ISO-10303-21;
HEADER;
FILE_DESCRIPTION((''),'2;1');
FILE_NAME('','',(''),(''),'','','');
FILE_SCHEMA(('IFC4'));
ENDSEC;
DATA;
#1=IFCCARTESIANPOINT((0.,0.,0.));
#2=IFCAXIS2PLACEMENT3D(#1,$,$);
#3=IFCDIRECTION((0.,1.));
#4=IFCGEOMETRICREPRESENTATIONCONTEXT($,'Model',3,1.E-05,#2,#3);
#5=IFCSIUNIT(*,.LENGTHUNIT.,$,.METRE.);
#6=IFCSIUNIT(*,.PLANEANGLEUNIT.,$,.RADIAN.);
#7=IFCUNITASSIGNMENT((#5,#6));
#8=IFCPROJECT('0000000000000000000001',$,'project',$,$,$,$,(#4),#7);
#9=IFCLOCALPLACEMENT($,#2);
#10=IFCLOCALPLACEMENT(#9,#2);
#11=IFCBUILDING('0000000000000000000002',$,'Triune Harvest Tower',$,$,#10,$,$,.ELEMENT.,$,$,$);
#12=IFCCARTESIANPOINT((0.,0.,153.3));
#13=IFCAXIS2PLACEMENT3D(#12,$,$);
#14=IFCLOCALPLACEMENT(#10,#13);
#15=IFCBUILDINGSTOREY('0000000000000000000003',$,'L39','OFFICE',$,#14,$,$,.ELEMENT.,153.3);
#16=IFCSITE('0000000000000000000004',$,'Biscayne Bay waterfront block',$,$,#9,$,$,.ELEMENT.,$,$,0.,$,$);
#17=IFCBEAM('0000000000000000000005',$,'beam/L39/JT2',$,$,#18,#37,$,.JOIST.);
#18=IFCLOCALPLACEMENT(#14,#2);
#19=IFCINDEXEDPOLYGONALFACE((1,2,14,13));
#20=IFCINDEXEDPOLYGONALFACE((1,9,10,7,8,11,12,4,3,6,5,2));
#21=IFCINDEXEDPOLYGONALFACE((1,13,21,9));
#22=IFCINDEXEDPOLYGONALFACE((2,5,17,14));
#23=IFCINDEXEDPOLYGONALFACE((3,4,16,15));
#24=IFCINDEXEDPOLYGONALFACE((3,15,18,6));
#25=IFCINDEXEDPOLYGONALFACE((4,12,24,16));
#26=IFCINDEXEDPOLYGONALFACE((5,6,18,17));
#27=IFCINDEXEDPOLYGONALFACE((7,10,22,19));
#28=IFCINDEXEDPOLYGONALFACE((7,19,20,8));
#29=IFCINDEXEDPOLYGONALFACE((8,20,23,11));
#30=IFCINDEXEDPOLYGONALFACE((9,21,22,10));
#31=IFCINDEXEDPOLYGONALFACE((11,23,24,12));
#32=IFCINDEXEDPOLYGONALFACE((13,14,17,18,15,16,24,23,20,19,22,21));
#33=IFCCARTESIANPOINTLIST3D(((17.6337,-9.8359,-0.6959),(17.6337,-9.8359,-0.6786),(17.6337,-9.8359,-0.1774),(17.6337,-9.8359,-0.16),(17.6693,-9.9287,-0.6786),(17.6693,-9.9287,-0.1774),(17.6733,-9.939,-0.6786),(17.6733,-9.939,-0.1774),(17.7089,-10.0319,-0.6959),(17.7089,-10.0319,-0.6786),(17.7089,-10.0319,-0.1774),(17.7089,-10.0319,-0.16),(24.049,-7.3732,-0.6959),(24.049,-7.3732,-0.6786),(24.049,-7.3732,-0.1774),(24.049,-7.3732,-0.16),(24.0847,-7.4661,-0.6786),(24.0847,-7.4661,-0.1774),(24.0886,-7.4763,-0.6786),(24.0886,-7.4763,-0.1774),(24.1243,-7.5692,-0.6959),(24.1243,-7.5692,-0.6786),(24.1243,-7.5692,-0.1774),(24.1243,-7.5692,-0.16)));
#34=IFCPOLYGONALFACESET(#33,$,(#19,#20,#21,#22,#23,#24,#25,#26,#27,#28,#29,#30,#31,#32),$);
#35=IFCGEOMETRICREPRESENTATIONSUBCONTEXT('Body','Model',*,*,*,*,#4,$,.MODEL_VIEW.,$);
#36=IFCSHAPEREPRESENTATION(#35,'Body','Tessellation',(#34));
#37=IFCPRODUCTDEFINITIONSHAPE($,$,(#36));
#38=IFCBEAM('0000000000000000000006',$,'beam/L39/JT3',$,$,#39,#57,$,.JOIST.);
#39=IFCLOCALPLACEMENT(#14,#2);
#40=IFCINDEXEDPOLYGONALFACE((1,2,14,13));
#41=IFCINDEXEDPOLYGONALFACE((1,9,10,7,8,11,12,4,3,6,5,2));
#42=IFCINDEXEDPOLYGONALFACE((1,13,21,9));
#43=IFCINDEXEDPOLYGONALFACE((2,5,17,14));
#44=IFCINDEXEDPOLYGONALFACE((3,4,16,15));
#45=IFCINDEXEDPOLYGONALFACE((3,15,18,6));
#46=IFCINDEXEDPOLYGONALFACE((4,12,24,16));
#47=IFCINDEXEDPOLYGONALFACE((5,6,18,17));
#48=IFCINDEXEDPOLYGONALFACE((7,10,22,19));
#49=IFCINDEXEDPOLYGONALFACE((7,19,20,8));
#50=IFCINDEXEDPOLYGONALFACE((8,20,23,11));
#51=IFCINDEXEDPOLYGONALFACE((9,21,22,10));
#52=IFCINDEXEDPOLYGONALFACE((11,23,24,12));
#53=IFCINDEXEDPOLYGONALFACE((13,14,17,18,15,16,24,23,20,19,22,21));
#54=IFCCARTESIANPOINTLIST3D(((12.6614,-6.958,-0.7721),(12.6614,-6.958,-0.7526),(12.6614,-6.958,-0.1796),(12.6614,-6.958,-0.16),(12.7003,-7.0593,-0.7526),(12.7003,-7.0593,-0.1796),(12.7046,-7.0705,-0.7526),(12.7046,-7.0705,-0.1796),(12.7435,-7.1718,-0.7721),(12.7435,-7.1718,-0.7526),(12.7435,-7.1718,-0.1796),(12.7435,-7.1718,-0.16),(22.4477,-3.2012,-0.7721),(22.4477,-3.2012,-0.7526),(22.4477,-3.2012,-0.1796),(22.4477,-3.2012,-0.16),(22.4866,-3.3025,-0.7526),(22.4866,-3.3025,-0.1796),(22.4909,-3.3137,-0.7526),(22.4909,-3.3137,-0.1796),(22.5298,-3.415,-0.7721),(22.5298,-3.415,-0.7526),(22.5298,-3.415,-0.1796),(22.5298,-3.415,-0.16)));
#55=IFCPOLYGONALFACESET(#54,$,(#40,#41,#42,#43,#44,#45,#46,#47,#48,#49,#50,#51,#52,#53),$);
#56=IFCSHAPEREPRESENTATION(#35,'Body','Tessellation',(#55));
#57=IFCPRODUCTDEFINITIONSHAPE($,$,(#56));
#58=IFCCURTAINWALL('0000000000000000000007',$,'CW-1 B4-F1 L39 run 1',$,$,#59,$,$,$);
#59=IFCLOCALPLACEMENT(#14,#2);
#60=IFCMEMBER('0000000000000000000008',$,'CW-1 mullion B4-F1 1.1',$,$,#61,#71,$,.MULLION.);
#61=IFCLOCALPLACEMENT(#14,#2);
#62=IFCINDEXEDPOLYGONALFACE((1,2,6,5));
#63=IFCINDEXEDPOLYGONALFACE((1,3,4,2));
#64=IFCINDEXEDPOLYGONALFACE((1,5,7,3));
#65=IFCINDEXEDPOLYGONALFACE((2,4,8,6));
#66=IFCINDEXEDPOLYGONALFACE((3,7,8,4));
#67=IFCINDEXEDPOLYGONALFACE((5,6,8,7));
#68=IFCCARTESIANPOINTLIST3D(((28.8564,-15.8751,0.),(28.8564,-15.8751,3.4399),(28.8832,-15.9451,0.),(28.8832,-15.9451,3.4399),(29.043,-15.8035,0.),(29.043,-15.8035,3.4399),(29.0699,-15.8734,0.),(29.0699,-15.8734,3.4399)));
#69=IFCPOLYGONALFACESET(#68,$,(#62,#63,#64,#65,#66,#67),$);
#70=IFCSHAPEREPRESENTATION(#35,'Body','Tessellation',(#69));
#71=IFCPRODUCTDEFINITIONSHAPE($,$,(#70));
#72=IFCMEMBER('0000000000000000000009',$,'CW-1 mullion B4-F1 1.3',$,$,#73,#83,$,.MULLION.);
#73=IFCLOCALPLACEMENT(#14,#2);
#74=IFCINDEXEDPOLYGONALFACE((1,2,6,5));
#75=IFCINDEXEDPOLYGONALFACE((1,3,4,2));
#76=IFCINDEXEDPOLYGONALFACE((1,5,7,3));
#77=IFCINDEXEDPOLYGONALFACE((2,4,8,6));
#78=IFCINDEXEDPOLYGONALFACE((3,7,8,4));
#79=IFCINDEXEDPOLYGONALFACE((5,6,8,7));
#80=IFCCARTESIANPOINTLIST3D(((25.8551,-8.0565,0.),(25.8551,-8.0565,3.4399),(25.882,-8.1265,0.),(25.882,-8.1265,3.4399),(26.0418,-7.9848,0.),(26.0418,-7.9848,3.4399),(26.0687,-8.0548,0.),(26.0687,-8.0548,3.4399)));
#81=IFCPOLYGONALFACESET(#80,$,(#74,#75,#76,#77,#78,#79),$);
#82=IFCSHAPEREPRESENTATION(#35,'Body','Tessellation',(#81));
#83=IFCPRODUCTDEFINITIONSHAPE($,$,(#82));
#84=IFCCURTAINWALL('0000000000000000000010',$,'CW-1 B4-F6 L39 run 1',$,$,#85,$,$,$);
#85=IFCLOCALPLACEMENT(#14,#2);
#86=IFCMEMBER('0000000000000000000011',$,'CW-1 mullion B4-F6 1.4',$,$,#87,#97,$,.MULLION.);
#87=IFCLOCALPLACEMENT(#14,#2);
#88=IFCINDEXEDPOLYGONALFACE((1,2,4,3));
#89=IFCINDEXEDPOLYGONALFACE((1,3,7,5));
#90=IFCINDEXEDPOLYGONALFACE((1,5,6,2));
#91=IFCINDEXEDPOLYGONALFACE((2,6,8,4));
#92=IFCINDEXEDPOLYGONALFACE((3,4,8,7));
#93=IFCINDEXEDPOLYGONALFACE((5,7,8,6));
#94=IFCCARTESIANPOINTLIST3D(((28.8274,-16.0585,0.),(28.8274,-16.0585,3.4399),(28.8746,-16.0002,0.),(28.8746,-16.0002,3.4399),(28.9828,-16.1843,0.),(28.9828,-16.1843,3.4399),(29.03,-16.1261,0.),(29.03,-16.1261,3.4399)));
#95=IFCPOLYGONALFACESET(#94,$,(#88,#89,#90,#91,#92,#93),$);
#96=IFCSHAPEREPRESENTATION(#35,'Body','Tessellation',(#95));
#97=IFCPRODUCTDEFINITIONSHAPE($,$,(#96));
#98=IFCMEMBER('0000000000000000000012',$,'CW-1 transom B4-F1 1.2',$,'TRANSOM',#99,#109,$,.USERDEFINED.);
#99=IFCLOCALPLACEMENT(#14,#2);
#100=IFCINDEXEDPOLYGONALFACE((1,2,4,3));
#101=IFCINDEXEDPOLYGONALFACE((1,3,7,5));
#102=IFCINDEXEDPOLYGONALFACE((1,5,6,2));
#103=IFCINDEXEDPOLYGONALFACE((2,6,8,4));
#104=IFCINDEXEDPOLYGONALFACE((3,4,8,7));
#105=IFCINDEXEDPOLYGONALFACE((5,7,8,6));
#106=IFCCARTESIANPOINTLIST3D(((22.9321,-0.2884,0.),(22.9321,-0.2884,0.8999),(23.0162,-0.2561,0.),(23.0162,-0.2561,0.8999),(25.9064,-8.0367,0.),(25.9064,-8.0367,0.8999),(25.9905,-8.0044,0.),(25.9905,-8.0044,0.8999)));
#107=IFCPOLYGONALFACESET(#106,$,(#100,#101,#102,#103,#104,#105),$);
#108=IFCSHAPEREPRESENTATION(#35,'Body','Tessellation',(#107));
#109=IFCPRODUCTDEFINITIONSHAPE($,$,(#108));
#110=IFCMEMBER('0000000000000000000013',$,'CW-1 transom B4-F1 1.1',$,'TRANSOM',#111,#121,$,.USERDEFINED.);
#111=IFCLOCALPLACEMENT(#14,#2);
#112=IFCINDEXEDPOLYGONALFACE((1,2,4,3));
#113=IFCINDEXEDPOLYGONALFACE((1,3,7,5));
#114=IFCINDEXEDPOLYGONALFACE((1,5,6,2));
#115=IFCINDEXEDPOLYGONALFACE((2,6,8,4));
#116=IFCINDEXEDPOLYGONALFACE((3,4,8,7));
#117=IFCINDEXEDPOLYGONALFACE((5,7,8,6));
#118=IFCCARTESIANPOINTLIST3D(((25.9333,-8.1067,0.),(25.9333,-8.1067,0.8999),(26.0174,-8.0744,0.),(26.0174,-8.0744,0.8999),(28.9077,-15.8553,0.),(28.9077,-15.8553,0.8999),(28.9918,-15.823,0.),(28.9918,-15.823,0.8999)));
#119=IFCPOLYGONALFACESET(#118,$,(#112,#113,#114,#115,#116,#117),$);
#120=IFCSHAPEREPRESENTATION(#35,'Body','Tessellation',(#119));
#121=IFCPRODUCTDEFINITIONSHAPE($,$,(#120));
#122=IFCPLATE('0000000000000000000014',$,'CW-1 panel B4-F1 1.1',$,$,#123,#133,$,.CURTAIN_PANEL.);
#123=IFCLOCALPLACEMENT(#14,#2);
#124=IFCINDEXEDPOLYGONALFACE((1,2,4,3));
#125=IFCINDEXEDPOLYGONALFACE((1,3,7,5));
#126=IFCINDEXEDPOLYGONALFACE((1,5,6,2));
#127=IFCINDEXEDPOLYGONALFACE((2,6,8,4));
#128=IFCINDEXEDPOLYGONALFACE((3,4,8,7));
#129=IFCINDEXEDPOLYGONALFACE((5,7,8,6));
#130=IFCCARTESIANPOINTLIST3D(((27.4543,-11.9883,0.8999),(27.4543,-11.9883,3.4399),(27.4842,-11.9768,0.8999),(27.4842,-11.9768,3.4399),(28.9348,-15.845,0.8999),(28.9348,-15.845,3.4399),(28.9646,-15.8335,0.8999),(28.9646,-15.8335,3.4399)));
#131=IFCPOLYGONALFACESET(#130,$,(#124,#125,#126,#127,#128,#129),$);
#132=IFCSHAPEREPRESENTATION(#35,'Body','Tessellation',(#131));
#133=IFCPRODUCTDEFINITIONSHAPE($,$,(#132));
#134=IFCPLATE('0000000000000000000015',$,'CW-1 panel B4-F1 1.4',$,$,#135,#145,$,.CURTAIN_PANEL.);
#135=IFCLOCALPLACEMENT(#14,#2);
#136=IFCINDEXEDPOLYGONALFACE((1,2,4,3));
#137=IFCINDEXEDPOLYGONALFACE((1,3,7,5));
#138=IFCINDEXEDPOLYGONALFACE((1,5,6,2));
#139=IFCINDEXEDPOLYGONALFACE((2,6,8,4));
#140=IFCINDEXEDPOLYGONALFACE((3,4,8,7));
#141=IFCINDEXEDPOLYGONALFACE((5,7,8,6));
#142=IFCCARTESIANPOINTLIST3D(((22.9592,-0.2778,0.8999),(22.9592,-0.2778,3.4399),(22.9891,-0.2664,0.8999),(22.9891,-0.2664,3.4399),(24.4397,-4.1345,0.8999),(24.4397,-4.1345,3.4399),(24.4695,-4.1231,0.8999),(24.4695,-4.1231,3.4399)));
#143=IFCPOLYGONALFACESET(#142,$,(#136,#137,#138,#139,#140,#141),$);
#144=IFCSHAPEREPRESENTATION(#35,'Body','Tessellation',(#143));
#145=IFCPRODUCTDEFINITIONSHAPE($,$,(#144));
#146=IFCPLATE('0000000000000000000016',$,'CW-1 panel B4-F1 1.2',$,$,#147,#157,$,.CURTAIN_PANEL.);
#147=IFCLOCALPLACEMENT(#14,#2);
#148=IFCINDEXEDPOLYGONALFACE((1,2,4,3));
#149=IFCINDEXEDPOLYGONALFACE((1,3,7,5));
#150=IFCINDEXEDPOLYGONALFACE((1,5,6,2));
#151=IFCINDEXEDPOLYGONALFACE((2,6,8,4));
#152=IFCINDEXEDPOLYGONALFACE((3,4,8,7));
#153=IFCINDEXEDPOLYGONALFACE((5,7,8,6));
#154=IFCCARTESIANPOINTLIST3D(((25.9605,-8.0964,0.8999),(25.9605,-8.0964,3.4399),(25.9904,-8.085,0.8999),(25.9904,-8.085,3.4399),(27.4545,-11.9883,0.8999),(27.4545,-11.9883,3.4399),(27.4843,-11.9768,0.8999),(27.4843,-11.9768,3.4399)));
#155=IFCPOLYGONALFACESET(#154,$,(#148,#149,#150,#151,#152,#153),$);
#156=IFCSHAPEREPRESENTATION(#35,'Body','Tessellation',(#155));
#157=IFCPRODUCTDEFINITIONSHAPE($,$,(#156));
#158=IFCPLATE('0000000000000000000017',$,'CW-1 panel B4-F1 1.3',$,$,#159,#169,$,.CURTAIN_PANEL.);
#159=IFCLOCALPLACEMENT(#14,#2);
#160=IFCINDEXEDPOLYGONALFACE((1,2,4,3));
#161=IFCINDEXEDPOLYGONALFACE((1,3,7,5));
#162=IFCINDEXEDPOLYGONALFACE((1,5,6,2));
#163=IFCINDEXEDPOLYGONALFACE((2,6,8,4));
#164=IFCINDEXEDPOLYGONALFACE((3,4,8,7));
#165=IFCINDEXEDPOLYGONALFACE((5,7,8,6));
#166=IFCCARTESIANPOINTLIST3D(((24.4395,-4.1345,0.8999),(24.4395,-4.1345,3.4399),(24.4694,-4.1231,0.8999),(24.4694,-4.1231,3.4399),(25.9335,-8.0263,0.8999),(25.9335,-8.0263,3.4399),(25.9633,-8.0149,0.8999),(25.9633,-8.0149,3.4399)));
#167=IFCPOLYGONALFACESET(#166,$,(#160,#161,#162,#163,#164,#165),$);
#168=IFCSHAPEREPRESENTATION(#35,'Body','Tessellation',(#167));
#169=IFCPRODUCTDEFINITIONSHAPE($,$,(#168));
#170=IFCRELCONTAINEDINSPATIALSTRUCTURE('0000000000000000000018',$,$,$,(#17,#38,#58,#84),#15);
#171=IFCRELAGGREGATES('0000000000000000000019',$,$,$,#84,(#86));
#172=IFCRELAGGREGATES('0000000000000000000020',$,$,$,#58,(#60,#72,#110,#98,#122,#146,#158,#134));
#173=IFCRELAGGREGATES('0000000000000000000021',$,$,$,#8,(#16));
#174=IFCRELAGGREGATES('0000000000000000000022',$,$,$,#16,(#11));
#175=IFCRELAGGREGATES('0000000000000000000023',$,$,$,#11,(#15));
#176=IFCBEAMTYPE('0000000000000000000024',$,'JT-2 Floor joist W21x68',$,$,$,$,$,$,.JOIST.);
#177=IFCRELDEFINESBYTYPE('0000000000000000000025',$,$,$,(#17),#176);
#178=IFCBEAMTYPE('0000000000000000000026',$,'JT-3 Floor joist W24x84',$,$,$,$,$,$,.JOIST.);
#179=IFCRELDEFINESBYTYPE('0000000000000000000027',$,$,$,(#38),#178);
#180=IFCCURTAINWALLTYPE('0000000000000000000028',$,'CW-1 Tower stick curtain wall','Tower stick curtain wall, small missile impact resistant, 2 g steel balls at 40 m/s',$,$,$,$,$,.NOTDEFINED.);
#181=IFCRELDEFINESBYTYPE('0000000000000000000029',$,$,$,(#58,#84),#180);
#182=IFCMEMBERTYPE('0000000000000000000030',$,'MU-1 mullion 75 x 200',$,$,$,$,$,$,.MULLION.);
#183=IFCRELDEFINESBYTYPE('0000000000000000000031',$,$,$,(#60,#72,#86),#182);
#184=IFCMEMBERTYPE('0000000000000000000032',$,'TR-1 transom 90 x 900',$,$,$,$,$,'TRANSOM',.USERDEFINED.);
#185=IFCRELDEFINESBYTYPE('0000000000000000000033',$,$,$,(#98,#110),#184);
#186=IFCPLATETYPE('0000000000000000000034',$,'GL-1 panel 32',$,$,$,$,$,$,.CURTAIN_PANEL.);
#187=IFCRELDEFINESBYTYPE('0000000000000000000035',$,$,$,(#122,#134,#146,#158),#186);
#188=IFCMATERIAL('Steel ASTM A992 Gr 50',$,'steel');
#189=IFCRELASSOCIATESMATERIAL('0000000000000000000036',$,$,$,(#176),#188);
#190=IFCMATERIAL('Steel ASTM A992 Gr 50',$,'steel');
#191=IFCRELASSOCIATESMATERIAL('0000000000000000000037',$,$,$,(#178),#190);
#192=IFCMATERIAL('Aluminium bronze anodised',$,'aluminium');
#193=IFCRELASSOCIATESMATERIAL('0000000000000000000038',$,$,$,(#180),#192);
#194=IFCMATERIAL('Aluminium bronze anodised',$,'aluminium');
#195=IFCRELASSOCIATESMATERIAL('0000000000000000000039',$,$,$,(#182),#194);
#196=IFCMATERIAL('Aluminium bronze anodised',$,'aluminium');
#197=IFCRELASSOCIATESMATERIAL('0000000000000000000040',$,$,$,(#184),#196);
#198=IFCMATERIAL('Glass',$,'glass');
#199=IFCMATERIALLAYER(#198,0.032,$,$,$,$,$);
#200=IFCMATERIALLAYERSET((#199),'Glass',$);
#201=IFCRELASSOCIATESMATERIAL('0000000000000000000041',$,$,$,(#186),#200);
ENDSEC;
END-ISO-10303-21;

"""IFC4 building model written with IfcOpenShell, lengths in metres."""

from ifc_helpers import new_model, si_unit, direction, frame, origin, origin_2d, place, context, subcontext, project, spatial, rectangle, i_section, extrude, source, transform, mapped, material, layer, layer_set, material_profile, profile_set, type_object, element, aggregate, save


model = new_model("IFC4")

# Units and contexts
model_context = context("Model", 3, precision=1e-05, world=origin(), true_north=direction((0.0, 1.0)))
body_context = subcontext(model_context, "Body", "Model", "MODEL_VIEW")
ifc_project = project(units=[si_unit("LENGTHUNIT", "METRE"), si_unit("PLANEANGLEUNIT", "RADIAN")], contexts=[model_context])

# Site, building, storey
site_placement = place(None, origin())
site = spatial("IfcSite", under=ifc_project, at=site_placement, Name="Biscayne Bay waterfront block", CompositionType="ELEMENT", RefElevation=0.0)
building_placement = place(site_placement, origin())
building = spatial("IfcBuilding", under=site, at=building_placement, Name="Triune Harvest Tower", CompositionType="ELEMENT")
storey_placement = place(building_placement, frame((0.0, 0.0, 153.3)))
storey = spatial("IfcBuildingStorey", under=building, at=storey_placement, Name="L39", Description="OFFICE", CompositionType="ELEMENT", Elevation=153.3)

# Beams
ifc_material_1 = material(Name="Steel ASTM A992 Gr 50", Category="steel")
ifc_material_profile_1 = material_profile(ifc_material_1, i_section(OverallWidth=0.21, OverallDepth=0.5359, WebThickness=0.011, FlangeThickness=0.0173, at=origin_2d()), Name="W21x68")
ifc_profile_set_1 = profile_set([ifc_material_profile_1], Name="Steel ASTM A992 Gr 50")
beam_type_1 = type_object("IfcBeamType", Name="JT-2 Floor joist W21x68", PredefinedType="JOIST", material=ifc_profile_set_1)
shared_shape_1 = source(origin(), body_context, "Body", "SweptSolid", [
    extrude(i_section(OverallWidth=0.21, OverallDepth=0.5359, WebThickness=0.011, FlangeThickness=0.0173, at=origin_2d()), origin(), (0.0, 0.0, 1.0), 6.8718),
])
beam_1_placement = place(storey_placement, frame((24.0867, -7.4712, -0.428), z_axis=(-0.933578, -0.358374, 0.0), x_axis=(0.358374, -0.933578, 0.0)))
element("IfcBeam", 1, at=beam_1_placement, inside=storey, type_object=beam_type_1, Name="beam/L39/JT2", PredefinedType="JOIST", context=body_context, shape_type="MappedRepresentation", body=[
    mapped(shared_shape_1, transform((0.0, 0.0, 0.0), scale=1.0)),
])
ifc_material_2 = material(Name="Steel ASTM A992 Gr 50", Category="steel")
ifc_material_profile_2 = material_profile(ifc_material_2, i_section(OverallWidth=0.229, OverallDepth=0.6121, WebThickness=0.012, FlangeThickness=0.0195, at=origin_2d()), Name="W24x84")
ifc_profile_set_2 = profile_set([ifc_material_profile_2], Name="Steel ASTM A992 Gr 50")
beam_type_2 = type_object("IfcBeamType", Name="JT-3 Floor joist W24x84", PredefinedType="JOIST", material=ifc_profile_set_2)
shared_shape_2 = source(origin(), body_context, "Body", "SweptSolid", [
    extrude(i_section(OverallWidth=0.229, OverallDepth=0.6121, WebThickness=0.012, FlangeThickness=0.0195, at=origin_2d()), origin(), (0.0, 0.0, 1.0), 10.4827),
])
beam_2_placement = place(storey_placement, frame((22.4888, -3.3081, -0.4661), z_axis=(-0.933574, -0.358384, 0.0), x_axis=(0.358384, -0.933574, 0.0)))
element("IfcBeam", 2, at=beam_2_placement, inside=storey, type_object=beam_type_2, Name="beam/L39/JT3", PredefinedType="JOIST", context=body_context, shape_type="MappedRepresentation", body=[
    mapped(shared_shape_2, transform((0.0, 0.0, 0.0), scale=1.0)),
])

# Curtain wall, members
ifc_material_3 = material(Name="Aluminium bronze anodised", Category="aluminium")
curtain_wall_type = type_object("IfcCurtainWallType", Name="CW-1 Tower stick curtain wall", Description="Tower stick curtain wall, small missile impact resistant, 2 g steel balls at 40 m/s", PredefinedType="NOTDEFINED", material=ifc_material_3)
curtain_wall_1_placement = place(storey_placement, origin())
curtain_wall_1 = element("IfcCurtainWall", 3, at=curtain_wall_1_placement, inside=storey, type_object=curtain_wall_type, Name="CW-1 B4-F1 L39 run 1")
ifc_material_4 = material(Name="Aluminium bronze anodised", Category="aluminium")
ifc_material_profile_3 = material_profile(ifc_material_4, rectangle(XDim=0.2, YDim=0.075, at=origin_2d()), Name="MU-1 mullion 75 x 200")
ifc_profile_set_3 = profile_set([ifc_material_profile_3], Name="Aluminium bronze anodised")
member_type_1 = type_object("IfcMemberType", Name="MU-1 mullion 75 x 200", PredefinedType="MULLION", material=ifc_profile_set_3)
shared_shape_3 = source(origin(), body_context, "Body", "SweptSolid", [
    extrude(rectangle(XDim=0.2, YDim=0.075, at=origin_2d()), origin(), (0.0, 0.0, 1.0), 3.4399),
])
member_1_placement = place(storey_placement, frame((28.9631, -15.8743, 0.0), z_axis=(0.0, 0.0, 1.0), x_axis=(-0.933579, -0.358371, 0.0)))
member_1 = element("IfcMember", 4, at=member_1_placement, type_object=member_type_1, Name="CW-1 mullion B4-F1 1.1", PredefinedType="MULLION", context=body_context, shape_type="MappedRepresentation", body=[
    mapped(shared_shape_3, transform((0.0, 0.0, 0.0), scale=1.0)),
])
member_2_placement = place(storey_placement, frame((25.9619, -8.0557, 0.0), z_axis=(0.0, 0.0, 1.0), x_axis=(-0.933579, -0.358371, 0.0)))
member_2 = element("IfcMember", 5, at=member_2_placement, type_object=member_type_1, Name="CW-1 mullion B4-F1 1.3", PredefinedType="MULLION", context=body_context, shape_type="MappedRepresentation", body=[
    mapped(shared_shape_3, transform((0.0, 0.0, 0.0), scale=1.0)),
])

# Curtain wall, member
curtain_wall_2_placement = place(storey_placement, origin())
curtain_wall_2 = element("IfcCurtainWall", 6, at=curtain_wall_2_placement, inside=storey, type_object=curtain_wall_type, Name="CW-1 B4-F6 L39 run 1")
member_3_placement = place(storey_placement, frame((28.9287, -16.0923, 0.0), z_axis=(0.0, 0.0, 1.0), x_axis=(-0.777146, 0.629321, 0.0)))
member_3 = element("IfcMember", 7, at=member_3_placement, type_object=member_type_1, Name="CW-1 mullion B4-F6 1.4", PredefinedType="MULLION", context=body_context, shape_type="MappedRepresentation", body=[
    mapped(shared_shape_3, transform((0.0, 0.0, 0.0), scale=1.0)),
])
aggregate(curtain_wall_2, [member_3])

# Members
ifc_material_5 = material(Name="Aluminium bronze anodised", Category="aluminium")
ifc_material_profile_4 = material_profile(ifc_material_5, rectangle(XDim=0.0901, YDim=0.8999, at=origin_2d()), Name="TR-1 transom 90 x 900")
ifc_profile_set_4 = profile_set([ifc_material_profile_4], Name="Aluminium bronze anodised")
member_type_2 = type_object("IfcMemberType", Name="TR-1 transom 90 x 900", ElementType="TRANSOM", PredefinedType="USERDEFINED", material=ifc_profile_set_4)
shared_shape_4 = source(origin(), body_context, "Body", "SweptSolid", [
    extrude(rectangle(XDim=0.0901, YDim=0.8999, at=origin_2d()), origin(), (0.0, 0.0, 1.0), 8.2996),
])
member_4_placement = place(storey_placement, frame((25.9485, -8.0205, 0.45), z_axis=(-0.358376, 0.933577, 0.0), x_axis=(-0.933577, -0.358376, 0.0)))
member_4 = element("IfcMember", 8, at=member_4_placement, type_object=member_type_2, Name="CW-1 transom B4-F1 1.2", ObjectType="TRANSOM", PredefinedType="USERDEFINED", context=body_context, shape_type="MappedRepresentation", body=[
    mapped(shared_shape_4, transform((0.0, 0.0, 0.0), scale=1.0)),
])
shared_shape_5 = source(origin(), body_context, "Body", "SweptSolid", [
    extrude(rectangle(XDim=0.0901, YDim=0.8999, at=origin_2d()), origin(), (0.0, 0.0, 1.0), 8.2998),
])
member_5_placement = place(storey_placement, frame((28.9497, -15.8391, 0.45), z_axis=(-0.358366, 0.933581, 0.0), x_axis=(-0.933581, -0.358366, 0.0)))
member_5 = element("IfcMember", 9, at=member_5_placement, type_object=member_type_2, Name="CW-1 transom B4-F1 1.1", ObjectType="TRANSOM", PredefinedType="USERDEFINED", context=body_context, shape_type="MappedRepresentation", body=[
    mapped(shared_shape_5, transform((0.0, 0.0, 0.0), scale=1.0)),
])

# Plates
ifc_material_6 = material(Name="Glass", Category="glass")
ifc_layer_1 = layer(ifc_material_6, 0.032)
ifc_layer_set_1 = layer_set([ifc_layer_1], Name="Glass")
plate_type = type_object("IfcPlateType", Name="GL-1 panel 32", PredefinedType="CURTAIN_PANEL", material=ifc_layer_set_1)
shared_shape_6 = source(origin(), body_context, "Body", "SweptSolid", [
    extrude(rectangle(XDim=4.1311, YDim=0.032, at=origin_2d()), origin(), (0.0, 0.0, 1.0), 2.54),
])
plate_1_placement = place(storey_placement, frame((28.2095, -13.9109, 0.8999), z_axis=(0.0, 0.0, 1.0), x_axis=(-0.358371, 0.933579, 0.0)))
plate_1 = element("IfcPlate", 10, at=plate_1_placement, type_object=plate_type, Name="CW-1 panel B4-F1 1.1", PredefinedType="CURTAIN_PANEL", context=body_context, shape_type="MappedRepresentation", body=[
    mapped(shared_shape_6, transform((0.0, 0.0, 0.0), scale=1.0)),
])
plate_2_placement = place(storey_placement, frame((23.7144, -2.2004, 0.8999), z_axis=(0.0, 0.0, 1.0), x_axis=(-0.358371, 0.933579, 0.0)))
plate_2 = element("IfcPlate", 11, at=plate_2_placement, type_object=plate_type, Name="CW-1 panel B4-F1 1.4", PredefinedType="CURTAIN_PANEL", context=body_context, shape_type="MappedRepresentation", body=[
    mapped(shared_shape_6, transform((0.0, 0.0, 0.0), scale=1.0)),
])
shared_shape_7 = source(origin(), body_context, "Body", "SweptSolid", [
    extrude(rectangle(XDim=4.1687, YDim=0.032, at=origin_2d()), origin(), (0.0, 0.0, 1.0), 2.54),
])
plate_3_placement = place(storey_placement, frame((26.7224, -10.0366, 0.8999), z_axis=(0.0, 0.0, 1.0), x_axis=(-0.358371, 0.933579, 0.0)))
plate_3 = element("IfcPlate", 12, at=plate_3_placement, type_object=plate_type, Name="CW-1 panel B4-F1 1.2", PredefinedType="CURTAIN_PANEL", context=body_context, shape_type="MappedRepresentation", body=[
    mapped(shared_shape_7, transform((0.0, 0.0, 0.0), scale=1.0)),
])
plate_4_placement = place(storey_placement, frame((25.2014, -6.0747, 0.8999), z_axis=(0.0, 0.0, 1.0), x_axis=(-0.358371, 0.933579, 0.0)))
plate_4 = element("IfcPlate", 13, at=plate_4_placement, type_object=plate_type, Name="CW-1 panel B4-F1 1.3", PredefinedType="CURTAIN_PANEL", context=body_context, shape_type="MappedRepresentation", body=[
    mapped(shared_shape_7, transform((0.0, 0.0, 0.0), scale=1.0)),
])
aggregate(curtain_wall_1, [member_1, member_2, member_5, member_4, plate_1, plate_3, plate_4, plate_2])

save(model, "model.ifc")
